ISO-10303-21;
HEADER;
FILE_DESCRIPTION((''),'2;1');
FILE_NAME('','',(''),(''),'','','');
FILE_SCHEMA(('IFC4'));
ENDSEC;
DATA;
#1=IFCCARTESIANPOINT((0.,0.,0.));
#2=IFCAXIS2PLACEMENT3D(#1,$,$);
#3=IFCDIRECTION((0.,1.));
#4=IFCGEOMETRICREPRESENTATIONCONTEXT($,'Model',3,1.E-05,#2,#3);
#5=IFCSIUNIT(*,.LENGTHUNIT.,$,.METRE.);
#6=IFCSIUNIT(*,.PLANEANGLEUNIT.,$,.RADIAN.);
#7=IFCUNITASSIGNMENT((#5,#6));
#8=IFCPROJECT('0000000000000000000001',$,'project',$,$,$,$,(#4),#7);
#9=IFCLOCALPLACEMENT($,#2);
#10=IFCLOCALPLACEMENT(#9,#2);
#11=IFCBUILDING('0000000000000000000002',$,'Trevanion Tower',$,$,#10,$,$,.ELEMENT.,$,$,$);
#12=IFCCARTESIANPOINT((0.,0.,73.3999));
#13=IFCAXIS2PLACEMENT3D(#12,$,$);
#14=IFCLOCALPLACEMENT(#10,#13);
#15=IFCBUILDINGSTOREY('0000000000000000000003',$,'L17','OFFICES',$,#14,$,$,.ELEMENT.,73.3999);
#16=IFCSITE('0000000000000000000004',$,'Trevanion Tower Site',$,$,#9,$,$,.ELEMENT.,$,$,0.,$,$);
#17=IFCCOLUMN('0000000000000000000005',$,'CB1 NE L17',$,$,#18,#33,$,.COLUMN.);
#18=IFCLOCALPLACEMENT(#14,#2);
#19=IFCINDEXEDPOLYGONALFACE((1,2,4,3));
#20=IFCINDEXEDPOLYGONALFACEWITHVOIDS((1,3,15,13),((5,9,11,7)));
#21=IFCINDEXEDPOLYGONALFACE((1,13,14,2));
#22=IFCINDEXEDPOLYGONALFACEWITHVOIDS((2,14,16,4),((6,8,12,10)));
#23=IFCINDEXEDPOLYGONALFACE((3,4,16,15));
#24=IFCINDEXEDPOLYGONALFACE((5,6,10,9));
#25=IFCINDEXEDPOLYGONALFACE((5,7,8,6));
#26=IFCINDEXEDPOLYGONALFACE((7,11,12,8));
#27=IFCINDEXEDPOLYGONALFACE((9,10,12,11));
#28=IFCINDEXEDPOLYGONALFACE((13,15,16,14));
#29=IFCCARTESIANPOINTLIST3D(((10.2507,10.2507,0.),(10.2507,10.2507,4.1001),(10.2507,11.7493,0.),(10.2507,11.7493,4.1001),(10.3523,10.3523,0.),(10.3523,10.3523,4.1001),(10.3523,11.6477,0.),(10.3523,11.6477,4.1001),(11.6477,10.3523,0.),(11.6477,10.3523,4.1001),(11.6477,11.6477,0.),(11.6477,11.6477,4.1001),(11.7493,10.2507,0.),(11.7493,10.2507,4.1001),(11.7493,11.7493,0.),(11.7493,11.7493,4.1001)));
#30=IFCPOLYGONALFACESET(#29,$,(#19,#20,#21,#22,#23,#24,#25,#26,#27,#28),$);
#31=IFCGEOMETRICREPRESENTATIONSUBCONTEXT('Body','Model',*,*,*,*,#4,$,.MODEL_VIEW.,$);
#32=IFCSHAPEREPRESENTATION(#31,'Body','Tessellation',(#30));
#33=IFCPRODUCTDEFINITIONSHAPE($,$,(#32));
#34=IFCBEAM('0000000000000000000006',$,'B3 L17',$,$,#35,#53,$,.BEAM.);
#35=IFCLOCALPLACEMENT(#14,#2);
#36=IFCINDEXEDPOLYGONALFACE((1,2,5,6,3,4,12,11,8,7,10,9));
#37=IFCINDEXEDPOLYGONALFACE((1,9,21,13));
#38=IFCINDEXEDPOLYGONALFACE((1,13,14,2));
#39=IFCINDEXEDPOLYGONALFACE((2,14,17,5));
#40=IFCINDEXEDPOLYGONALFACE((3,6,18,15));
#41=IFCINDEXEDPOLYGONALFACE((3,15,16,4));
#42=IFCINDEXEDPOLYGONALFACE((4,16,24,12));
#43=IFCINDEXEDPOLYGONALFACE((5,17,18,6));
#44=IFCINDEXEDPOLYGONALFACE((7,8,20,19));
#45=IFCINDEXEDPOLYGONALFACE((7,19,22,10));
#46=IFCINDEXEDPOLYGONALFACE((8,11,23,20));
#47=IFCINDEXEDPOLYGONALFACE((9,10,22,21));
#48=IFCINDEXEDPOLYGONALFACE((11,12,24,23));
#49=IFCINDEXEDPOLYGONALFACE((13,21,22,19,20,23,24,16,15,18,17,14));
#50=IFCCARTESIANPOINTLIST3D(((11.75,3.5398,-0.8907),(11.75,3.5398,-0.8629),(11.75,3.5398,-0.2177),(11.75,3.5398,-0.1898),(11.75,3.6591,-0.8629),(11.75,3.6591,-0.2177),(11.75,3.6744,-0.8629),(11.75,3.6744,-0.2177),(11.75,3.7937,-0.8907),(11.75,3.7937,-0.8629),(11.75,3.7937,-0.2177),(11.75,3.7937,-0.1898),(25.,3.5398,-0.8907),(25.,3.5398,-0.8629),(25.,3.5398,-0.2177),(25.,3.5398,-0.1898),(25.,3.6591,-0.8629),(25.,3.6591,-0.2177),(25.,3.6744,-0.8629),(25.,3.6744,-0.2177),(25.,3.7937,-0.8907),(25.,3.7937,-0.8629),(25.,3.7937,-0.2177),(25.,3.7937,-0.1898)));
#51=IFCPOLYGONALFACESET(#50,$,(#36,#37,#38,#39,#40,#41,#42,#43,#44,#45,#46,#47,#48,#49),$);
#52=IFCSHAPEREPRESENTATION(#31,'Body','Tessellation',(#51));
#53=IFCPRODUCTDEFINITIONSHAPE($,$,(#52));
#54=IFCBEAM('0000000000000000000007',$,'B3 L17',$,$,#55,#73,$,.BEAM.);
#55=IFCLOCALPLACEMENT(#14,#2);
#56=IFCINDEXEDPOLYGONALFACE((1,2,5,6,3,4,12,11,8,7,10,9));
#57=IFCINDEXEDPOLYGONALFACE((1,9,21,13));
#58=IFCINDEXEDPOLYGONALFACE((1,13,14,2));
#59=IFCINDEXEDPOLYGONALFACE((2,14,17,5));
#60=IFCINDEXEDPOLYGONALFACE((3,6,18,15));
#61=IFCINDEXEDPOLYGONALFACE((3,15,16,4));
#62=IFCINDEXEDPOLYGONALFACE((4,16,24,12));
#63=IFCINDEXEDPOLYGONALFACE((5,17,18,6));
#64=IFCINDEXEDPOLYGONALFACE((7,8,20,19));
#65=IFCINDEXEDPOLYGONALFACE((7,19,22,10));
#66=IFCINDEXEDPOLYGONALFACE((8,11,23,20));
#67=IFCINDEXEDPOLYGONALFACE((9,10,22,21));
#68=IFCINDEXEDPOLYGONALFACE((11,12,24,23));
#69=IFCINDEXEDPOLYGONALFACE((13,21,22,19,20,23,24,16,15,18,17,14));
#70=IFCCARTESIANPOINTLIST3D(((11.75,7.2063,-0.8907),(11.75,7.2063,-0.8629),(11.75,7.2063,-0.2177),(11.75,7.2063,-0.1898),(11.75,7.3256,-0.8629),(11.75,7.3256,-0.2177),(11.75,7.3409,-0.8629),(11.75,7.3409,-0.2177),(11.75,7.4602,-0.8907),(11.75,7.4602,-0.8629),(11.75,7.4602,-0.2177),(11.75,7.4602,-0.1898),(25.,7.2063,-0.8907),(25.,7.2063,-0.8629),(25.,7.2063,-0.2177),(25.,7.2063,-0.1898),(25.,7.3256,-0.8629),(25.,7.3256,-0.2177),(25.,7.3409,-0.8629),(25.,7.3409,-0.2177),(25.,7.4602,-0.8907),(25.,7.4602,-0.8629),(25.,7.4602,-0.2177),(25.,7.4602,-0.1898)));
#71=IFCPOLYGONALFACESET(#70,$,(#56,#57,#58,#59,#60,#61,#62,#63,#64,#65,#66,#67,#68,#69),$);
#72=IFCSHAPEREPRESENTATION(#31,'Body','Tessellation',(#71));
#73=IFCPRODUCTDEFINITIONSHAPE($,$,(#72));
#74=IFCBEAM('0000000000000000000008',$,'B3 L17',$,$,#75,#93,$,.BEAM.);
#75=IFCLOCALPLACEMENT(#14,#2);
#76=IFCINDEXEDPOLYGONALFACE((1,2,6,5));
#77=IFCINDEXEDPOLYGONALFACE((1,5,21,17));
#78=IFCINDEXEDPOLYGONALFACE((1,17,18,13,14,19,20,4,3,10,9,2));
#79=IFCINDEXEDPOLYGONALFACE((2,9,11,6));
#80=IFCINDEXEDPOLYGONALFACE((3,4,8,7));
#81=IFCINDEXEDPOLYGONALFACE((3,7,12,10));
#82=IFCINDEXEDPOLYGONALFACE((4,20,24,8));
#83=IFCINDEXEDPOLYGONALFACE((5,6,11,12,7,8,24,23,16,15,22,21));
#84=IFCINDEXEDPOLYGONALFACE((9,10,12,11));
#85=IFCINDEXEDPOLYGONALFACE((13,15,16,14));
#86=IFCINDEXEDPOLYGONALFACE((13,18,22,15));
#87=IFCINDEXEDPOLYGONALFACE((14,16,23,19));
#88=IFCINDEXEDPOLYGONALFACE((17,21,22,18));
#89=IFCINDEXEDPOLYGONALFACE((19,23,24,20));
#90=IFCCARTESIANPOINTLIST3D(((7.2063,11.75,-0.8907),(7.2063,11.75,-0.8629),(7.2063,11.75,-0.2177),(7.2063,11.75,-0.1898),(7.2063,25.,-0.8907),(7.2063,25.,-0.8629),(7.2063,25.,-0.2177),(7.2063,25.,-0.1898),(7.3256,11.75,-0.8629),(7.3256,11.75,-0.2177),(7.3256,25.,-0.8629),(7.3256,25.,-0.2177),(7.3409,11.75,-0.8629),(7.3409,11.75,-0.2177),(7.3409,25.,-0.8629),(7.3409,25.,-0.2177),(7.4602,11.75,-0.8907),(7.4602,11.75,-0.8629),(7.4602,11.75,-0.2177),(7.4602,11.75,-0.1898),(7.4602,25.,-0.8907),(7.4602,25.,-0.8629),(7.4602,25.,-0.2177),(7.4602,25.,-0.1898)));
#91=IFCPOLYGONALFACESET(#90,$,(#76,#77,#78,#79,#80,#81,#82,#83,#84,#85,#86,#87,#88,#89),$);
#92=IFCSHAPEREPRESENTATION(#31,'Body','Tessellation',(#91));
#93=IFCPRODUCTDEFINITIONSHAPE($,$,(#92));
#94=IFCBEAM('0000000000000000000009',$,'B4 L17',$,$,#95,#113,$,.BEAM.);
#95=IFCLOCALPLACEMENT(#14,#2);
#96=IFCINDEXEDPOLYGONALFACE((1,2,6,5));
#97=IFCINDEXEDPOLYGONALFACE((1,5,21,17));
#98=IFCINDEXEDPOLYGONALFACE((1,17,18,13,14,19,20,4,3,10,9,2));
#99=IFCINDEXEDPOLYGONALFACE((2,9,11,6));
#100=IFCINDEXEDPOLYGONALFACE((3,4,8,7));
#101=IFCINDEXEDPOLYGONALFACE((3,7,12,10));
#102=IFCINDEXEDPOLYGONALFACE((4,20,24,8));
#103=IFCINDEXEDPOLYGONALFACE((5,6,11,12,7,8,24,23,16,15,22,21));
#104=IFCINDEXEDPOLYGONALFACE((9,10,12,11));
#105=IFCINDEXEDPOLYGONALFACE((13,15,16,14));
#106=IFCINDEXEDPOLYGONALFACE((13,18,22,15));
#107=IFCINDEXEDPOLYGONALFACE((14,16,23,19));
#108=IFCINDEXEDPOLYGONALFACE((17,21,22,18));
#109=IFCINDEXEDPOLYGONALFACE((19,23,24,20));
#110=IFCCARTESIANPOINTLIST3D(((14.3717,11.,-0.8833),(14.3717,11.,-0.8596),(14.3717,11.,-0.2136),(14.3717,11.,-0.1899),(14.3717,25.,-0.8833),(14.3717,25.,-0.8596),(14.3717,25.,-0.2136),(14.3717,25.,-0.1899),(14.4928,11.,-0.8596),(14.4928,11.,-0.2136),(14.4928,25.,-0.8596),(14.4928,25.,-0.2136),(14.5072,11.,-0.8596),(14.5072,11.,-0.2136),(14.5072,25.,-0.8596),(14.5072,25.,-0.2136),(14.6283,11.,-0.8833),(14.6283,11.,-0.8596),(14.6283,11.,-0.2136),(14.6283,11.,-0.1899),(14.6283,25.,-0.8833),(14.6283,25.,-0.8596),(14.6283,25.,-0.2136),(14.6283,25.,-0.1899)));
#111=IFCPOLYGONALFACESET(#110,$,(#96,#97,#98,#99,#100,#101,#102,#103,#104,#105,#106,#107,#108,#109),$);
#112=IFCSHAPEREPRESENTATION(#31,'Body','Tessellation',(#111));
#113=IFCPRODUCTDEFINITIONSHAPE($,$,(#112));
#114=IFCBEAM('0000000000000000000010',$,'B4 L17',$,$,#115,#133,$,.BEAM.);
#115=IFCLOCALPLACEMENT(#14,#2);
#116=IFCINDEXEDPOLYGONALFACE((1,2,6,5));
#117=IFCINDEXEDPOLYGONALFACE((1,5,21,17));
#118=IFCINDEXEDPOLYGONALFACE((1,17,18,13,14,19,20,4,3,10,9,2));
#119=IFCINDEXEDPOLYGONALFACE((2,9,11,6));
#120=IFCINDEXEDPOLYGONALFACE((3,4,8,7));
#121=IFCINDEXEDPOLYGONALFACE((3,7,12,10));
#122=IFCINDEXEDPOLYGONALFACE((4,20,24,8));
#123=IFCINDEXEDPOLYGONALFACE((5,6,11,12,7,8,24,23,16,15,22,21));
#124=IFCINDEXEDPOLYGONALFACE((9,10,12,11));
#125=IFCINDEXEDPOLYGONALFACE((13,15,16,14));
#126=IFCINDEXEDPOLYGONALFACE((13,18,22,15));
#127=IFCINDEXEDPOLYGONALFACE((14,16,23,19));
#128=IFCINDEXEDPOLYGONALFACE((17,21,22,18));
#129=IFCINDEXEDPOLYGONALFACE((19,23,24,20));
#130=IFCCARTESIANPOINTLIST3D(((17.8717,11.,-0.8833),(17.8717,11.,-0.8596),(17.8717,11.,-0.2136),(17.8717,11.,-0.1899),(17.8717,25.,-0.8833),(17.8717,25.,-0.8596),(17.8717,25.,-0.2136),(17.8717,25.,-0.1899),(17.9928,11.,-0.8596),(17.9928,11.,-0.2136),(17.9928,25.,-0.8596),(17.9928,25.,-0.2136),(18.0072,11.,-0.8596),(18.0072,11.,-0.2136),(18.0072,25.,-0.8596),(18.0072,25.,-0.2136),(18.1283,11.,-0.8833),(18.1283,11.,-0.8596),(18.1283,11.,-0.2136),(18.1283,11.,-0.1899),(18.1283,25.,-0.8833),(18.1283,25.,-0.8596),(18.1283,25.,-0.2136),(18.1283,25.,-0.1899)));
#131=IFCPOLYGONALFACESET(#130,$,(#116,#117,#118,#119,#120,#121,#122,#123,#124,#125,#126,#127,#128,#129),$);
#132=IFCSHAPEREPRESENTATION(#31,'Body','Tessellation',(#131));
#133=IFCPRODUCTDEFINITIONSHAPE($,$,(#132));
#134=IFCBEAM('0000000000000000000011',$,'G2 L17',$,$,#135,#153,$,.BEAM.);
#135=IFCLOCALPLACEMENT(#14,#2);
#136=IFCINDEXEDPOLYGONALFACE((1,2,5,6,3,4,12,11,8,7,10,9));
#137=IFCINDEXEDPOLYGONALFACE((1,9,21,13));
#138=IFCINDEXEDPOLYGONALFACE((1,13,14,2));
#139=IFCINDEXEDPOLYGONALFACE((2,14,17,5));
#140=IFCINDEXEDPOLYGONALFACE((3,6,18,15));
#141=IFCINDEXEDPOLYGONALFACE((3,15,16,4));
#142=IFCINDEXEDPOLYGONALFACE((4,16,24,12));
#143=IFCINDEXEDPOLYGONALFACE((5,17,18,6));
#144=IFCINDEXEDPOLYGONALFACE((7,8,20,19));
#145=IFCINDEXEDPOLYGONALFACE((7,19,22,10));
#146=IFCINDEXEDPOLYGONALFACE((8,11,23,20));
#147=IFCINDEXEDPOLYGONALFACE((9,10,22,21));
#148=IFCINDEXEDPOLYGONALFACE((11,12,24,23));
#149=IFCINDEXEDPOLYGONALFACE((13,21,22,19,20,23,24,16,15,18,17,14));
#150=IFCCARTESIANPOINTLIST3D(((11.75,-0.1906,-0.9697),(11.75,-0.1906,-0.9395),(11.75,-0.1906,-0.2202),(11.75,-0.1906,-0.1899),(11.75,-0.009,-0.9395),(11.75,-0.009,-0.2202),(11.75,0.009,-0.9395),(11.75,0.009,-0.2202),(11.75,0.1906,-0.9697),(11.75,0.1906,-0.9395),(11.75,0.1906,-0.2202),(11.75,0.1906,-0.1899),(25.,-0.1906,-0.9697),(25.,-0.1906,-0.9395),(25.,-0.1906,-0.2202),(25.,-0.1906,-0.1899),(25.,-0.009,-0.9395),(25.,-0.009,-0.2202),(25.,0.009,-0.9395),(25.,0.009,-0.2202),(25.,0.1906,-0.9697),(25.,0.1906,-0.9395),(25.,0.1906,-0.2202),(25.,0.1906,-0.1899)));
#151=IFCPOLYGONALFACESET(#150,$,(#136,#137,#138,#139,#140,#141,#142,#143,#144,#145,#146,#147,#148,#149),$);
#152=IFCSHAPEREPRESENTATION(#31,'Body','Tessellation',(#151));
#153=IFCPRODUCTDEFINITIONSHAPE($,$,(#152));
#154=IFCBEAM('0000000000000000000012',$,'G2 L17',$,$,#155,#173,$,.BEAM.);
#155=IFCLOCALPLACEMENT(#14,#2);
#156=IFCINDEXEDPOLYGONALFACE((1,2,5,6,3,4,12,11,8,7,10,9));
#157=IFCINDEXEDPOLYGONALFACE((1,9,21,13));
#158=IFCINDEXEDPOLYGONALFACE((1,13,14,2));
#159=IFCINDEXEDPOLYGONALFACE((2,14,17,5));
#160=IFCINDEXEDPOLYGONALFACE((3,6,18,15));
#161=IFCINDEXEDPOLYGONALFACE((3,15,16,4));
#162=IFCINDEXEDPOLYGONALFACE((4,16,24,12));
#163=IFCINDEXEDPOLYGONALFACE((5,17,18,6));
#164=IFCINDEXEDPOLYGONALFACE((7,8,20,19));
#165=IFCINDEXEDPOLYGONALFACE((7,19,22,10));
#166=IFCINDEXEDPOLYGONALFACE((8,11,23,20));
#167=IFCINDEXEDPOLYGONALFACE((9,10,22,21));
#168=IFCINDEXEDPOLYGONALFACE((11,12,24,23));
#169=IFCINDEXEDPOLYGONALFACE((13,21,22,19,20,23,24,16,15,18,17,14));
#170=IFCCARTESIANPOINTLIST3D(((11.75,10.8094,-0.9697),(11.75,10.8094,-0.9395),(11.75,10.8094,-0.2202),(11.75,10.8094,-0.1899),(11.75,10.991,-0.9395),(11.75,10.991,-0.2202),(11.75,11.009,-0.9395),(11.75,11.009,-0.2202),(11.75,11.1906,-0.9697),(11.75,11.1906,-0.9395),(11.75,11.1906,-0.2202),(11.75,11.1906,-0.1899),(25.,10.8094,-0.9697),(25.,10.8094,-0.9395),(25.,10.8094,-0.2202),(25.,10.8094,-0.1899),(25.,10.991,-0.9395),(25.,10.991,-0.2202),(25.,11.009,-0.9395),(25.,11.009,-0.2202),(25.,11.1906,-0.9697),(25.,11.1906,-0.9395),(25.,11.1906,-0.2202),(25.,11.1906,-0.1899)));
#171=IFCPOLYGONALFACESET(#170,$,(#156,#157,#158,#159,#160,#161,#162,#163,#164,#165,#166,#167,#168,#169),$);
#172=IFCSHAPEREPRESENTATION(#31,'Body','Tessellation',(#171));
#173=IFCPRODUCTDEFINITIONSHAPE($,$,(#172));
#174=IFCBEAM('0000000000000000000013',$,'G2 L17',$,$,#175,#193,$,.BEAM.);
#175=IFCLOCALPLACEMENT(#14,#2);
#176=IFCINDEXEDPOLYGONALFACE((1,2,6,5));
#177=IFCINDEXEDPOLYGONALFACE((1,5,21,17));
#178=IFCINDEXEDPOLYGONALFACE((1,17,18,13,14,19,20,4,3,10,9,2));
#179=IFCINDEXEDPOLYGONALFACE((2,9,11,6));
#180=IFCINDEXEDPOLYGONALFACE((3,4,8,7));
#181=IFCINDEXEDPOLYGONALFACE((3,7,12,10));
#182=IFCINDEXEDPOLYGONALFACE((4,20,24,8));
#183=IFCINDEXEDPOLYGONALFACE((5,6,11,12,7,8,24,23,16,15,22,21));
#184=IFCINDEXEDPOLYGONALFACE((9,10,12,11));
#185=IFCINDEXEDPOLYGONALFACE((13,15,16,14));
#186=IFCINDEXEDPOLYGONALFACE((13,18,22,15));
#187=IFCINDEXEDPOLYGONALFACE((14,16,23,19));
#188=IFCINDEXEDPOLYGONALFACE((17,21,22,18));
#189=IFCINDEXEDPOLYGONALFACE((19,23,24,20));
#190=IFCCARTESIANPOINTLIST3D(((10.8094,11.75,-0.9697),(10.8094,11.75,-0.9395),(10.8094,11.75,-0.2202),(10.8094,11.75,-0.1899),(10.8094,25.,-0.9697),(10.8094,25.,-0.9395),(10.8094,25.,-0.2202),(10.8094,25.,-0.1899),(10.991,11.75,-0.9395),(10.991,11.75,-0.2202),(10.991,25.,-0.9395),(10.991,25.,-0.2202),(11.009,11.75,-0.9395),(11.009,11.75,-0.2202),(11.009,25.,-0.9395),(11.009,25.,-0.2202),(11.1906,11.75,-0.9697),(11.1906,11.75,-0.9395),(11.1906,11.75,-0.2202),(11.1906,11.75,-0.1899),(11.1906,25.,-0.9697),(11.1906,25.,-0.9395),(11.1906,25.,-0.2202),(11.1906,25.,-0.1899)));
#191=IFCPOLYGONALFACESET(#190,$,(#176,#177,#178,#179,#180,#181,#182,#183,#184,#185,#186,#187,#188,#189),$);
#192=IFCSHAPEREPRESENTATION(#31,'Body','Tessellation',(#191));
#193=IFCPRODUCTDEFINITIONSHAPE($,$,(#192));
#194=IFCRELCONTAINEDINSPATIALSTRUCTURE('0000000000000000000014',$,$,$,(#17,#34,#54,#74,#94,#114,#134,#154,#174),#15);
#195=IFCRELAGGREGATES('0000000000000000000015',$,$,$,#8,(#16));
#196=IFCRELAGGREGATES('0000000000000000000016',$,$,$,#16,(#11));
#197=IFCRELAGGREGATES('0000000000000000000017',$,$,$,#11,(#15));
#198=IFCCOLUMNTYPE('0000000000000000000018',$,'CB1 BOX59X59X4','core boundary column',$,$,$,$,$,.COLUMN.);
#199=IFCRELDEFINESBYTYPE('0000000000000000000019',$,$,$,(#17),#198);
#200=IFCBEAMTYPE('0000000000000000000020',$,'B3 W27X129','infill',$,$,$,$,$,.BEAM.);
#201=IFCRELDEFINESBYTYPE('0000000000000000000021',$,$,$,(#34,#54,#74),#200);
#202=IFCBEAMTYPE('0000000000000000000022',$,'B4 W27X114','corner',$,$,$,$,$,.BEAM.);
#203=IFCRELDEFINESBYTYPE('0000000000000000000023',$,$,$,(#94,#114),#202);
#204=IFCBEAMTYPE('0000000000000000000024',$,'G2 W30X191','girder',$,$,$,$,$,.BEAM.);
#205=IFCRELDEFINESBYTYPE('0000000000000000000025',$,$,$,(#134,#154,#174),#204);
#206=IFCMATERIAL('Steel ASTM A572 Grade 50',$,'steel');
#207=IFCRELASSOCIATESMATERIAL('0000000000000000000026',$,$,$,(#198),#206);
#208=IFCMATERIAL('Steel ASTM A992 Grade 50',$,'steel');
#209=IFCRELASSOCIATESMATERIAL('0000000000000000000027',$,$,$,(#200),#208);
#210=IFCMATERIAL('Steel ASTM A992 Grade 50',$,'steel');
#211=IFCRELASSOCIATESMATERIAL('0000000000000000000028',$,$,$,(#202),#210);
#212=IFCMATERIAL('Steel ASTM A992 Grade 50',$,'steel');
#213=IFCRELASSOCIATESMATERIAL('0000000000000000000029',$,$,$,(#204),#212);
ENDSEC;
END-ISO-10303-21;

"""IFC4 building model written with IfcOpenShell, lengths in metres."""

from ifc_helpers import new_model, si_unit, direction, frame, origin, origin_2d, place, context, subcontext, project, spatial, hollow_rectangle, i_section, extrude, material, material_profile, profile_set, type_object, element, save


model = new_model("IFC4")

# Units and contexts
model_context = context("Model", 3, precision=1e-05, world=origin(), true_north=direction((0.0, 1.0)))
body_context = subcontext(model_context, "Body", "Model", "MODEL_VIEW")
ifc_project = project(units=[si_unit("LENGTHUNIT", "METRE"), si_unit("PLANEANGLEUNIT", "RADIAN")], contexts=[model_context])

# Site, building, storey
site_placement = place(None, origin())
site = spatial("IfcSite", under=ifc_project, at=site_placement, Name="Trevanion Tower Site", CompositionType="ELEMENT", RefElevation=0.0)
building_placement = place(site_placement, origin())
building = spatial("IfcBuilding", under=site, at=building_placement, Name="Trevanion Tower", CompositionType="ELEMENT")
storey_placement = place(building_placement, frame((0.0, 0.0, 73.3999)))
storey = spatial("IfcBuildingStorey", under=building, at=storey_placement, Name="L17", Description="OFFICES", CompositionType="ELEMENT", Elevation=73.3999)

# Column
ifc_material_1 = material(Name="Steel ASTM A572 Grade 50", Category="steel")
ifc_material_profile_1 = material_profile(ifc_material_1, hollow_rectangle(XDim=1.4985, YDim=1.4985, WallThickness=0.1016, at=origin_2d()), Name="BOX59X59X4")
ifc_profile_set_1 = profile_set([ifc_material_profile_1], Name="Steel ASTM A572 Grade 50")
column_type = type_object("IfcColumnType", Name="CB1 BOX59X59X4", Description="core boundary column", PredefinedType="COLUMN", material=ifc_profile_set_1)
column_placement = place(storey_placement, frame((11.0, 11.0, 0.0), z_axis=(0.0, 0.0, 1.0), x_axis=(1.0, 0.0, 0.0)))
element("IfcColumn", 1, at=column_placement, inside=storey, type_object=column_type, Name="CB1 NE L17", PredefinedType="COLUMN", context=body_context, shape_type="SweptSolid", body=[
    extrude(hollow_rectangle(XDim=1.4985, YDim=1.4985, WallThickness=0.1016, at=origin_2d()), origin(), (0.0, 0.0, 1.0), 4.1001),
])

# Beams
ifc_material_2 = material(Name="Steel ASTM A992 Grade 50", Category="steel")
ifc_material_profile_2 = material_profile(ifc_material_2, i_section(OverallWidth=0.2539, OverallDepth=0.7009, WebThickness=0.0154, FlangeThickness=0.0278, at=origin_2d()), Name="W27X129")
ifc_profile_set_2 = profile_set([ifc_material_profile_2], Name="Steel ASTM A992 Grade 50")
beam_type_1 = type_object("IfcBeamType", Name="B3 W27X129", Description="infill", PredefinedType="BEAM", material=ifc_profile_set_2)
for number, where, z_axis, x_axis, name in (
    (2, (11.75, 3.6667, -0.5403), (1.0, 0.0, 0.0), (0.0, 1.0, 0.0), "B3 L17"),
    (3, (11.75, 7.3333, -0.5403), (1.0, 0.0, 0.0), (0.0, 1.0, 0.0), "B3 L17"),
    (4, (7.3333, 11.75, -0.5403), (0.0, 1.0, 0.0), (-1.0, 0.0, 0.0), "B3 L17"),
):
    element("IfcBeam", number, at=place(storey_placement, frame(where, z_axis=z_axis, x_axis=x_axis)), inside=storey, type_object=beam_type_1, Name=name, PredefinedType="BEAM", context=body_context, shape_type="SweptSolid", body=[
        extrude(i_section(OverallWidth=0.2539, OverallDepth=0.7009, WebThickness=0.0154, FlangeThickness=0.0278, at=origin_2d()), origin(), (0.0, 0.0, 1.0), 13.25),
    ])
ifc_material_3 = material(Name="Steel ASTM A992 Grade 50", Category="steel")
ifc_material_profile_3 = material_profile(ifc_material_3, i_section(OverallWidth=0.2566, OverallDepth=0.6934, WebThickness=0.0144, FlangeThickness=0.0237, at=origin_2d()), Name="W27X114")
ifc_profile_set_3 = profile_set([ifc_material_profile_3], Name="Steel ASTM A992 Grade 50")
beam_type_2 = type_object("IfcBeamType", Name="B4 W27X114", Description="corner", PredefinedType="BEAM", material=ifc_profile_set_3)
for number, where, z_axis, x_axis, name in (
    (5, (14.5, 11.0, -0.5366), (0.0, 1.0, 0.0), (-1.0, 0.0, 0.0), "B4 L17"),
    (6, (18.0, 11.0, -0.5366), (0.0, 1.0, 0.0), (-1.0, 0.0, 0.0), "B4 L17"),
):
    element("IfcBeam", number, at=place(storey_placement, frame(where, z_axis=z_axis, x_axis=x_axis)), inside=storey, type_object=beam_type_2, Name=name, PredefinedType="BEAM", context=body_context, shape_type="SweptSolid", body=[
        extrude(i_section(OverallWidth=0.2566, OverallDepth=0.6934, WebThickness=0.0144, FlangeThickness=0.0237, at=origin_2d()), origin(), (0.0, 0.0, 1.0), 14.0),
    ])
ifc_material_4 = material(Name="Steel ASTM A992 Grade 50", Category="steel")
ifc_material_profile_4 = material_profile(ifc_material_4, i_section(OverallWidth=0.3811, OverallDepth=0.7798, WebThickness=0.0181, FlangeThickness=0.0303, at=origin_2d()), Name="W30X191")
ifc_profile_set_4 = profile_set([ifc_material_profile_4], Name="Steel ASTM A992 Grade 50")
beam_type_3 = type_object("IfcBeamType", Name="G2 W30X191", Description="girder", PredefinedType="BEAM", material=ifc_profile_set_4)
for number, where, z_axis, x_axis, name in (
    (7, (11.75, 0.0, -0.5798), (1.0, 0.0, 0.0), (0.0, 1.0, 0.0), "G2 L17"),
    (8, (11.75, 11.0, -0.5798), (1.0, 0.0, 0.0), (0.0, 1.0, 0.0), "G2 L17"),
    (9, (11.0, 11.75, -0.5798), (0.0, 1.0, 0.0), (-1.0, 0.0, 0.0), "G2 L17"),
):
    element("IfcBeam", number, at=place(storey_placement, frame(where, z_axis=z_axis, x_axis=x_axis)), inside=storey, type_object=beam_type_3, Name=name, PredefinedType="BEAM", context=body_context, shape_type="SweptSolid", body=[
        extrude(i_section(OverallWidth=0.3811, OverallDepth=0.7798, WebThickness=0.0181, FlangeThickness=0.0303, at=origin_2d()), origin(), (0.0, 0.0, 1.0), 13.25),
    ])

save(model, "model.ifc")
